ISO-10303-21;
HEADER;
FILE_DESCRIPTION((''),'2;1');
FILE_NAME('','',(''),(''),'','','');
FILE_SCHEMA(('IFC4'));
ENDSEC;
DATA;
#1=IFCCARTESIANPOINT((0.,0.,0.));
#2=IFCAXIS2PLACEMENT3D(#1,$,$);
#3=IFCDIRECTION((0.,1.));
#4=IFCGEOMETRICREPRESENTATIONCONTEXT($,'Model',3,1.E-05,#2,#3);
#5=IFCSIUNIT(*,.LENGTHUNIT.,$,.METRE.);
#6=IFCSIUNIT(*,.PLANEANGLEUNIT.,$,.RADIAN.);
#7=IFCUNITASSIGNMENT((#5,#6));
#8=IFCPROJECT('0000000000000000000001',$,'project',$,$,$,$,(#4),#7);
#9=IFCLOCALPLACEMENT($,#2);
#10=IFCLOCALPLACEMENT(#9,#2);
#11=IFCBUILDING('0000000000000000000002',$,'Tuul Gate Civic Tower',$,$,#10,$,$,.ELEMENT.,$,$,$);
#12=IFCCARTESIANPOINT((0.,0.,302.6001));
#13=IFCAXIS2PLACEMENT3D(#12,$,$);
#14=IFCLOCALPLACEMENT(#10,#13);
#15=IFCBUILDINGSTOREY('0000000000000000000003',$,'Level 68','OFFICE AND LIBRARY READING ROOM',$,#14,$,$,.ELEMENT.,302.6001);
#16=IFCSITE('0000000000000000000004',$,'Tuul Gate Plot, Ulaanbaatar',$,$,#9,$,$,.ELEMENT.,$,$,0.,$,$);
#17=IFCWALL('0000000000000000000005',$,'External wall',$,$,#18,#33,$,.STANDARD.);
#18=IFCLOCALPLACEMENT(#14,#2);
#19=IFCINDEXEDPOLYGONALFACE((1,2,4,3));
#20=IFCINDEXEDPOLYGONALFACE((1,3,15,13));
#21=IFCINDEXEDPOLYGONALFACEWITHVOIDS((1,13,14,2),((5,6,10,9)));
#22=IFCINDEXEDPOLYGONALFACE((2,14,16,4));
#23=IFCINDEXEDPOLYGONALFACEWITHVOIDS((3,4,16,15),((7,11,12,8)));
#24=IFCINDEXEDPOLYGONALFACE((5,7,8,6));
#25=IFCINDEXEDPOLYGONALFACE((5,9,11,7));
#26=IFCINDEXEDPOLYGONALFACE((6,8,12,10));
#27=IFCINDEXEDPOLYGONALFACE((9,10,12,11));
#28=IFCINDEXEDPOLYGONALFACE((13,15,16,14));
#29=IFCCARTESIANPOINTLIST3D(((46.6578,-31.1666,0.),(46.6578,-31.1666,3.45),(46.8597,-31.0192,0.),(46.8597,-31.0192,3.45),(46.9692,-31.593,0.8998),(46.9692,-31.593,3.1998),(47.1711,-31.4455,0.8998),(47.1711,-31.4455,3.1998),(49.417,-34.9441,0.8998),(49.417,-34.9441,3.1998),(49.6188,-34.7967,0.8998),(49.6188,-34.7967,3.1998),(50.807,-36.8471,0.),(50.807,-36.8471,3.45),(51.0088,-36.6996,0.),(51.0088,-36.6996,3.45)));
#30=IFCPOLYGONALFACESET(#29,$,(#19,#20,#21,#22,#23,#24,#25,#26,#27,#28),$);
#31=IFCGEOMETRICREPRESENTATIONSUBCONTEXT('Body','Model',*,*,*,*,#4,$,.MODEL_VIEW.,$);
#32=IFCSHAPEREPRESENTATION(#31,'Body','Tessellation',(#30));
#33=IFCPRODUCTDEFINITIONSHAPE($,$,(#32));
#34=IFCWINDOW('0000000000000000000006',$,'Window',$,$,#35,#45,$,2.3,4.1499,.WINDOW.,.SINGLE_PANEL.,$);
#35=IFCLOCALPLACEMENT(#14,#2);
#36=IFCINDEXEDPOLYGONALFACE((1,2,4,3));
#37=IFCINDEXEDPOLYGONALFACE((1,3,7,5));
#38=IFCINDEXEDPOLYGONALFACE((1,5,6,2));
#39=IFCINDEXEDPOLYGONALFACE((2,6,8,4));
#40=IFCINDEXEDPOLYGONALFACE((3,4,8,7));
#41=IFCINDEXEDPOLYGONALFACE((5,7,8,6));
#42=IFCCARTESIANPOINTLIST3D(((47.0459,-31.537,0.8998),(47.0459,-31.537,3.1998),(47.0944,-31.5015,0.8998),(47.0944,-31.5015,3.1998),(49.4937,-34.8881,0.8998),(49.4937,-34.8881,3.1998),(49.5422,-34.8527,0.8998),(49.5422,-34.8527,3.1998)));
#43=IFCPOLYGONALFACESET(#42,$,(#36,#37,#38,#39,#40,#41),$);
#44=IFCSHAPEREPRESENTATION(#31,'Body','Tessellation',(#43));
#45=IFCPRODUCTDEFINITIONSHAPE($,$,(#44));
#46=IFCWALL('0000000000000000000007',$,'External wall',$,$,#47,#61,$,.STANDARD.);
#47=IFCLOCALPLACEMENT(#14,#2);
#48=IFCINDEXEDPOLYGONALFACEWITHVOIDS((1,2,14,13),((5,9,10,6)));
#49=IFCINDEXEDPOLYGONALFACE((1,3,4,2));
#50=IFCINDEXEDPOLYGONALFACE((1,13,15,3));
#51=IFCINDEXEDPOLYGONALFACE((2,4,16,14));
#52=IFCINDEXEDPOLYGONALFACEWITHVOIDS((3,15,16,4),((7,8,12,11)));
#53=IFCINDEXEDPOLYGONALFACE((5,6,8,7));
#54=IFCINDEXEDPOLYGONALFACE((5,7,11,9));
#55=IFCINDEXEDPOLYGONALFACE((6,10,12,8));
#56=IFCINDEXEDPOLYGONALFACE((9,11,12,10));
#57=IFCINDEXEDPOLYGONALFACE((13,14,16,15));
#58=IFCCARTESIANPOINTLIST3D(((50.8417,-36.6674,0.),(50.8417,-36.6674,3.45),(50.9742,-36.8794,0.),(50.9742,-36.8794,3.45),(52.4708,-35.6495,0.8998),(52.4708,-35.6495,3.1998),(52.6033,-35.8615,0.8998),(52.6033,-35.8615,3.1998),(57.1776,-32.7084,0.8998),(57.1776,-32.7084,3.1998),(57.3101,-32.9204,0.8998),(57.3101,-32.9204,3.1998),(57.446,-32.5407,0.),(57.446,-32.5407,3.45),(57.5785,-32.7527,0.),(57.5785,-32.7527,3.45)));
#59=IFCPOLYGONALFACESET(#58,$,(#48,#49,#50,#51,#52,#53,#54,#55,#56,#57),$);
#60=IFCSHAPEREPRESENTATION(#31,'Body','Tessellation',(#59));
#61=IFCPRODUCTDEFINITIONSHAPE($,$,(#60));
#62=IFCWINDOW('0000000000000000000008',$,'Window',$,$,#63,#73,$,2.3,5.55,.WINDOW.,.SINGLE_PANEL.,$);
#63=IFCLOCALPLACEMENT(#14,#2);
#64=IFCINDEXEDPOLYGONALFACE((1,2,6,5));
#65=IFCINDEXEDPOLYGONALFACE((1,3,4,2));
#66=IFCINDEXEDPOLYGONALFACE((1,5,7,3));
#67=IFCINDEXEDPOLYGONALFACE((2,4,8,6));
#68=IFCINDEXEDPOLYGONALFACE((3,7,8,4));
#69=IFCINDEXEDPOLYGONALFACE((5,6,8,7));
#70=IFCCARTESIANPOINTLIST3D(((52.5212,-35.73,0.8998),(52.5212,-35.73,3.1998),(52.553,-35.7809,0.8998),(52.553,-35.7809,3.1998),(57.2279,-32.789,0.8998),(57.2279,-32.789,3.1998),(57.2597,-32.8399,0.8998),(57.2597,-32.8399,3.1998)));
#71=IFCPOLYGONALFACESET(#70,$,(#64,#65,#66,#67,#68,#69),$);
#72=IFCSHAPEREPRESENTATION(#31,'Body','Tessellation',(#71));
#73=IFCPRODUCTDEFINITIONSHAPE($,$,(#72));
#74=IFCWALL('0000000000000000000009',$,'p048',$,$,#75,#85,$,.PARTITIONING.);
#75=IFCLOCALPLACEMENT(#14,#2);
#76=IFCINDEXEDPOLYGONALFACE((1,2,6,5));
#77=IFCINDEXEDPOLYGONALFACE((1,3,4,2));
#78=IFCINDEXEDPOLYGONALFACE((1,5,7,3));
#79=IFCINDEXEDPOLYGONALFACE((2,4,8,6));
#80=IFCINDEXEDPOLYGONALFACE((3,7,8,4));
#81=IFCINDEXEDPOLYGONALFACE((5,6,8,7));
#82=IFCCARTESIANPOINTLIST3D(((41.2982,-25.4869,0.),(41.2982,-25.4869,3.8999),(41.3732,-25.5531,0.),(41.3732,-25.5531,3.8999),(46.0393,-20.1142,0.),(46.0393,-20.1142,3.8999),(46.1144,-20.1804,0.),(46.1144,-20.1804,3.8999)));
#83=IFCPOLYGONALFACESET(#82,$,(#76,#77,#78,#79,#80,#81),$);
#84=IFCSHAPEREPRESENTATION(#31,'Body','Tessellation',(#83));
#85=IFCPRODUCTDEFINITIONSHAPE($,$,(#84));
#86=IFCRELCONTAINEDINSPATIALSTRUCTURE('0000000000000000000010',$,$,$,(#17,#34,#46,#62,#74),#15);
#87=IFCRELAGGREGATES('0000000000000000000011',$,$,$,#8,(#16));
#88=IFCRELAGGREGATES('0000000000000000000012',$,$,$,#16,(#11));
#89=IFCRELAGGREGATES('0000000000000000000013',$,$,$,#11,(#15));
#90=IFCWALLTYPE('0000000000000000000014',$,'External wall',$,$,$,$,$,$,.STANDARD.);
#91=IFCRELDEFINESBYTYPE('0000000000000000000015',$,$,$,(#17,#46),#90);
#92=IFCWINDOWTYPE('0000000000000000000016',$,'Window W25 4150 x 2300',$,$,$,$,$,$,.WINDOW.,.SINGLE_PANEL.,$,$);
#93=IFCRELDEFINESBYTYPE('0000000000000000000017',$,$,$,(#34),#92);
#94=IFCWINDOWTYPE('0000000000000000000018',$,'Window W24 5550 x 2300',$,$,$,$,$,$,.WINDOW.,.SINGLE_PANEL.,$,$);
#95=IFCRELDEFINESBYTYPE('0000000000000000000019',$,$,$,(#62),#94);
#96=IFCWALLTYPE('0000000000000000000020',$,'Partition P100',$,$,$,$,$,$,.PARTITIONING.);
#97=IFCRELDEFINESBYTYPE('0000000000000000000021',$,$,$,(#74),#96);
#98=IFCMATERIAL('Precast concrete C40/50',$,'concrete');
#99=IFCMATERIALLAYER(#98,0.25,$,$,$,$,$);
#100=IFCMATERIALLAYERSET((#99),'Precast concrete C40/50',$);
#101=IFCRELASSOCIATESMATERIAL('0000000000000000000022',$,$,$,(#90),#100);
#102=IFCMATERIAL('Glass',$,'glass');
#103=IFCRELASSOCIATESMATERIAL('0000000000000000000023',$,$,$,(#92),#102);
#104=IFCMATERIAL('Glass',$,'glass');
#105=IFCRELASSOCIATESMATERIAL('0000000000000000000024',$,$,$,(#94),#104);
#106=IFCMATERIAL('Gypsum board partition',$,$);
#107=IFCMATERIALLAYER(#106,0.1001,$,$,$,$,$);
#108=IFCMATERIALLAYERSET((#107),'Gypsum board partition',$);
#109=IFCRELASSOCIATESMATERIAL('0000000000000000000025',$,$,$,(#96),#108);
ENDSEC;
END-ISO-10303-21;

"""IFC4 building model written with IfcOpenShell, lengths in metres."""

from ifc_helpers import new_model, si_unit, direction, frame, frame_2d, origin, place, context, subcontext, project, spatial, rectangle, extrude, material, layer, layer_set, type_object, element, fill, save


model = new_model("IFC4")

# Units and contexts
model_context = context("Model", 3, precision=1e-05, world=origin(), true_north=direction((0.0, 1.0)))
body_context = subcontext(model_context, "Body", "Model", "MODEL_VIEW")
ifc_project = project(units=[si_unit("LENGTHUNIT", "METRE"), si_unit("PLANEANGLEUNIT", "RADIAN")], contexts=[model_context])

# Site, building, storey
site_placement = place(None, origin())
site = spatial("IfcSite", under=ifc_project, at=site_placement, Name="Tuul Gate Plot, Ulaanbaatar", CompositionType="ELEMENT", RefElevation=0.0)
building_placement = place(site_placement, origin())
building = spatial("IfcBuilding", under=site, at=building_placement, Name="Tuul Gate Civic Tower", CompositionType="ELEMENT")
storey_placement = place(building_placement, frame((0.0, 0.0, 302.6001)))
storey = spatial("IfcBuildingStorey", under=building, at=storey_placement, Name="Level 68", Description="OFFICE AND LIBRARY READING ROOM", CompositionType="ELEMENT", Elevation=302.6001)

# Walls, openings, windows
ifc_material_1 = material(Name="Precast concrete C40/50", Category="concrete")
ifc_layer_1 = layer(ifc_material_1, 0.25)
ifc_layer_set_1 = layer_set([ifc_layer_1], Name="Precast concrete C40/50")
wall_type_1 = type_object("IfcWallType", Name="External wall", PredefinedType="STANDARD", material=ifc_layer_set_1)
wall_1_placement = place(storey_placement, frame((46.7588, -31.093, 0.0), z_axis=(0.0, 0.0, 1.0), x_axis=(0.58984, -0.80752, 0.0)))
wall_1 = element("IfcWall", 1, at=wall_1_placement, inside=storey, type_object=wall_type_1, Name="External wall", PredefinedType="STANDARD", context=body_context, shape_type="SweptSolid", body=[
    extrude(rectangle(XDim=7.0344, YDim=0.25, at=frame_2d((3.5171, 0.0))), origin(), (0.0, 0.0, 1.0), 3.45),
])
opening_1_placement = place(wall_1_placement, frame((0.5278, 0.0, 0.8999)))
opening_1 = element("IfcOpeningElement", 2, at=opening_1_placement, cuts=wall_1, PredefinedType="OPENING", context=body_context, shape_type="SweptSolid", body=[
    extrude(rectangle(XDim=4.1499, YDim=2.3, at=frame_2d((2.075, 1.1499))), frame((0.0, 0.135, 0.0), z_axis=(0.0, -1.0, 0.0), x_axis=(1.0, 0.0, 0.0)), (0.0, 0.0, 1.0), 0.27),
])
ifc_material_2 = material(Name="Glass", Category="glass")
window_type_1 = type_object("IfcWindowType", Name="Window W25 4150 x 2300", PartitioningType="SINGLE_PANEL", PredefinedType="WINDOW", material=ifc_material_2)
window_1_placement = place(opening_1_placement, origin())
window_1 = element("IfcWindow", 3, at=window_1_placement, inside=storey, type_object=window_type_1, Name="Window", OverallHeight=2.3, OverallWidth=4.1499, PartitioningType="SINGLE_PANEL", PredefinedType="WINDOW", context=body_context, shape_type="SweptSolid", body=[
    extrude(rectangle(XDim=4.1499, YDim=2.3, at=frame_2d((2.075, 1.1499))), frame((0.0, 0.03, 0.0), z_axis=(0.0, -1.0, 0.0), x_axis=(1.0, 0.0, 0.0)), (0.0, 0.0, 1.0), 0.0601),
])
fill(opening_1, window_1)
wall_2_placement = place(storey_placement, frame((50.908, -36.7734, 0.0), z_axis=(0.0, 0.0, 1.0), x_axis=(0.848053, 0.529912, 0.0)))
wall_2 = element("IfcWall", 4, at=wall_2_placement, inside=storey, type_object=wall_type_1, Name="External wall", PredefinedType="STANDARD", context=body_context, shape_type="SweptSolid", body=[
    extrude(rectangle(XDim=7.7876, YDim=0.25, at=frame_2d((3.8938, 0.0))), origin(), (0.0, 0.0, 1.0), 3.45),
])
opening_2_placement = place(wall_2_placement, frame((1.9211, 0.0, 0.8999)))
opening_2 = element("IfcOpeningElement", 5, at=opening_2_placement, cuts=wall_2, PredefinedType="OPENING", context=body_context, shape_type="SweptSolid", body=[
    extrude(rectangle(XDim=5.55, YDim=2.3, at=frame_2d((2.7749, 1.1499))), frame((0.0, 0.135, 0.0), z_axis=(0.0, -1.0, 0.0), x_axis=(1.0, 0.0, 0.0)), (0.0, 0.0, 1.0), 0.27),
])
ifc_material_3 = material(Name="Glass", Category="glass")
window_type_2 = type_object("IfcWindowType", Name="Window W24 5550 x 2300", PartitioningType="SINGLE_PANEL", PredefinedType="WINDOW", material=ifc_material_3)
window_2_placement = place(opening_2_placement, origin())
window_2 = element("IfcWindow", 6, at=window_2_placement, inside=storey, type_object=window_type_2, Name="Window", OverallHeight=2.3, OverallWidth=5.55, PartitioningType="SINGLE_PANEL", PredefinedType="WINDOW", context=body_context, shape_type="SweptSolid", body=[
    extrude(rectangle(XDim=5.55, YDim=2.3, at=frame_2d((2.7749, 1.1499))), frame((0.0, 0.03, 0.0), z_axis=(0.0, -1.0, 0.0), x_axis=(1.0, 0.0, 0.0)), (0.0, 0.0, 1.0), 0.0601),
])
fill(opening_2, window_2)

# Wall
ifc_material_4 = material(Name="Gypsum board partition")
ifc_layer_2 = layer(ifc_material_4, 0.1001)
ifc_layer_set_2 = layer_set([ifc_layer_2], Name="Gypsum board partition")
wall_type_2 = type_object("IfcWallType", Name="Partition P100", PredefinedType="PARTITIONING", material=ifc_layer_set_2)
wall_3_placement = place(storey_placement, frame((41.3357, -25.52, 0.0), z_axis=(0.0, 0.0, 1.0), x_axis=(0.661661, 0.749803, 0.0)))
element("IfcWall", 7, at=wall_3_placement, inside=storey, type_object=wall_type_2, Name="p048", PredefinedType="PARTITIONING", context=body_context, shape_type="SweptSolid", body=[
    extrude(rectangle(XDim=7.1655, YDim=0.1001, at=frame_2d((3.5828, 0.0))), origin(), (0.0, 0.0, 1.0), 3.8999),
])

save(model, "model.ifc")
